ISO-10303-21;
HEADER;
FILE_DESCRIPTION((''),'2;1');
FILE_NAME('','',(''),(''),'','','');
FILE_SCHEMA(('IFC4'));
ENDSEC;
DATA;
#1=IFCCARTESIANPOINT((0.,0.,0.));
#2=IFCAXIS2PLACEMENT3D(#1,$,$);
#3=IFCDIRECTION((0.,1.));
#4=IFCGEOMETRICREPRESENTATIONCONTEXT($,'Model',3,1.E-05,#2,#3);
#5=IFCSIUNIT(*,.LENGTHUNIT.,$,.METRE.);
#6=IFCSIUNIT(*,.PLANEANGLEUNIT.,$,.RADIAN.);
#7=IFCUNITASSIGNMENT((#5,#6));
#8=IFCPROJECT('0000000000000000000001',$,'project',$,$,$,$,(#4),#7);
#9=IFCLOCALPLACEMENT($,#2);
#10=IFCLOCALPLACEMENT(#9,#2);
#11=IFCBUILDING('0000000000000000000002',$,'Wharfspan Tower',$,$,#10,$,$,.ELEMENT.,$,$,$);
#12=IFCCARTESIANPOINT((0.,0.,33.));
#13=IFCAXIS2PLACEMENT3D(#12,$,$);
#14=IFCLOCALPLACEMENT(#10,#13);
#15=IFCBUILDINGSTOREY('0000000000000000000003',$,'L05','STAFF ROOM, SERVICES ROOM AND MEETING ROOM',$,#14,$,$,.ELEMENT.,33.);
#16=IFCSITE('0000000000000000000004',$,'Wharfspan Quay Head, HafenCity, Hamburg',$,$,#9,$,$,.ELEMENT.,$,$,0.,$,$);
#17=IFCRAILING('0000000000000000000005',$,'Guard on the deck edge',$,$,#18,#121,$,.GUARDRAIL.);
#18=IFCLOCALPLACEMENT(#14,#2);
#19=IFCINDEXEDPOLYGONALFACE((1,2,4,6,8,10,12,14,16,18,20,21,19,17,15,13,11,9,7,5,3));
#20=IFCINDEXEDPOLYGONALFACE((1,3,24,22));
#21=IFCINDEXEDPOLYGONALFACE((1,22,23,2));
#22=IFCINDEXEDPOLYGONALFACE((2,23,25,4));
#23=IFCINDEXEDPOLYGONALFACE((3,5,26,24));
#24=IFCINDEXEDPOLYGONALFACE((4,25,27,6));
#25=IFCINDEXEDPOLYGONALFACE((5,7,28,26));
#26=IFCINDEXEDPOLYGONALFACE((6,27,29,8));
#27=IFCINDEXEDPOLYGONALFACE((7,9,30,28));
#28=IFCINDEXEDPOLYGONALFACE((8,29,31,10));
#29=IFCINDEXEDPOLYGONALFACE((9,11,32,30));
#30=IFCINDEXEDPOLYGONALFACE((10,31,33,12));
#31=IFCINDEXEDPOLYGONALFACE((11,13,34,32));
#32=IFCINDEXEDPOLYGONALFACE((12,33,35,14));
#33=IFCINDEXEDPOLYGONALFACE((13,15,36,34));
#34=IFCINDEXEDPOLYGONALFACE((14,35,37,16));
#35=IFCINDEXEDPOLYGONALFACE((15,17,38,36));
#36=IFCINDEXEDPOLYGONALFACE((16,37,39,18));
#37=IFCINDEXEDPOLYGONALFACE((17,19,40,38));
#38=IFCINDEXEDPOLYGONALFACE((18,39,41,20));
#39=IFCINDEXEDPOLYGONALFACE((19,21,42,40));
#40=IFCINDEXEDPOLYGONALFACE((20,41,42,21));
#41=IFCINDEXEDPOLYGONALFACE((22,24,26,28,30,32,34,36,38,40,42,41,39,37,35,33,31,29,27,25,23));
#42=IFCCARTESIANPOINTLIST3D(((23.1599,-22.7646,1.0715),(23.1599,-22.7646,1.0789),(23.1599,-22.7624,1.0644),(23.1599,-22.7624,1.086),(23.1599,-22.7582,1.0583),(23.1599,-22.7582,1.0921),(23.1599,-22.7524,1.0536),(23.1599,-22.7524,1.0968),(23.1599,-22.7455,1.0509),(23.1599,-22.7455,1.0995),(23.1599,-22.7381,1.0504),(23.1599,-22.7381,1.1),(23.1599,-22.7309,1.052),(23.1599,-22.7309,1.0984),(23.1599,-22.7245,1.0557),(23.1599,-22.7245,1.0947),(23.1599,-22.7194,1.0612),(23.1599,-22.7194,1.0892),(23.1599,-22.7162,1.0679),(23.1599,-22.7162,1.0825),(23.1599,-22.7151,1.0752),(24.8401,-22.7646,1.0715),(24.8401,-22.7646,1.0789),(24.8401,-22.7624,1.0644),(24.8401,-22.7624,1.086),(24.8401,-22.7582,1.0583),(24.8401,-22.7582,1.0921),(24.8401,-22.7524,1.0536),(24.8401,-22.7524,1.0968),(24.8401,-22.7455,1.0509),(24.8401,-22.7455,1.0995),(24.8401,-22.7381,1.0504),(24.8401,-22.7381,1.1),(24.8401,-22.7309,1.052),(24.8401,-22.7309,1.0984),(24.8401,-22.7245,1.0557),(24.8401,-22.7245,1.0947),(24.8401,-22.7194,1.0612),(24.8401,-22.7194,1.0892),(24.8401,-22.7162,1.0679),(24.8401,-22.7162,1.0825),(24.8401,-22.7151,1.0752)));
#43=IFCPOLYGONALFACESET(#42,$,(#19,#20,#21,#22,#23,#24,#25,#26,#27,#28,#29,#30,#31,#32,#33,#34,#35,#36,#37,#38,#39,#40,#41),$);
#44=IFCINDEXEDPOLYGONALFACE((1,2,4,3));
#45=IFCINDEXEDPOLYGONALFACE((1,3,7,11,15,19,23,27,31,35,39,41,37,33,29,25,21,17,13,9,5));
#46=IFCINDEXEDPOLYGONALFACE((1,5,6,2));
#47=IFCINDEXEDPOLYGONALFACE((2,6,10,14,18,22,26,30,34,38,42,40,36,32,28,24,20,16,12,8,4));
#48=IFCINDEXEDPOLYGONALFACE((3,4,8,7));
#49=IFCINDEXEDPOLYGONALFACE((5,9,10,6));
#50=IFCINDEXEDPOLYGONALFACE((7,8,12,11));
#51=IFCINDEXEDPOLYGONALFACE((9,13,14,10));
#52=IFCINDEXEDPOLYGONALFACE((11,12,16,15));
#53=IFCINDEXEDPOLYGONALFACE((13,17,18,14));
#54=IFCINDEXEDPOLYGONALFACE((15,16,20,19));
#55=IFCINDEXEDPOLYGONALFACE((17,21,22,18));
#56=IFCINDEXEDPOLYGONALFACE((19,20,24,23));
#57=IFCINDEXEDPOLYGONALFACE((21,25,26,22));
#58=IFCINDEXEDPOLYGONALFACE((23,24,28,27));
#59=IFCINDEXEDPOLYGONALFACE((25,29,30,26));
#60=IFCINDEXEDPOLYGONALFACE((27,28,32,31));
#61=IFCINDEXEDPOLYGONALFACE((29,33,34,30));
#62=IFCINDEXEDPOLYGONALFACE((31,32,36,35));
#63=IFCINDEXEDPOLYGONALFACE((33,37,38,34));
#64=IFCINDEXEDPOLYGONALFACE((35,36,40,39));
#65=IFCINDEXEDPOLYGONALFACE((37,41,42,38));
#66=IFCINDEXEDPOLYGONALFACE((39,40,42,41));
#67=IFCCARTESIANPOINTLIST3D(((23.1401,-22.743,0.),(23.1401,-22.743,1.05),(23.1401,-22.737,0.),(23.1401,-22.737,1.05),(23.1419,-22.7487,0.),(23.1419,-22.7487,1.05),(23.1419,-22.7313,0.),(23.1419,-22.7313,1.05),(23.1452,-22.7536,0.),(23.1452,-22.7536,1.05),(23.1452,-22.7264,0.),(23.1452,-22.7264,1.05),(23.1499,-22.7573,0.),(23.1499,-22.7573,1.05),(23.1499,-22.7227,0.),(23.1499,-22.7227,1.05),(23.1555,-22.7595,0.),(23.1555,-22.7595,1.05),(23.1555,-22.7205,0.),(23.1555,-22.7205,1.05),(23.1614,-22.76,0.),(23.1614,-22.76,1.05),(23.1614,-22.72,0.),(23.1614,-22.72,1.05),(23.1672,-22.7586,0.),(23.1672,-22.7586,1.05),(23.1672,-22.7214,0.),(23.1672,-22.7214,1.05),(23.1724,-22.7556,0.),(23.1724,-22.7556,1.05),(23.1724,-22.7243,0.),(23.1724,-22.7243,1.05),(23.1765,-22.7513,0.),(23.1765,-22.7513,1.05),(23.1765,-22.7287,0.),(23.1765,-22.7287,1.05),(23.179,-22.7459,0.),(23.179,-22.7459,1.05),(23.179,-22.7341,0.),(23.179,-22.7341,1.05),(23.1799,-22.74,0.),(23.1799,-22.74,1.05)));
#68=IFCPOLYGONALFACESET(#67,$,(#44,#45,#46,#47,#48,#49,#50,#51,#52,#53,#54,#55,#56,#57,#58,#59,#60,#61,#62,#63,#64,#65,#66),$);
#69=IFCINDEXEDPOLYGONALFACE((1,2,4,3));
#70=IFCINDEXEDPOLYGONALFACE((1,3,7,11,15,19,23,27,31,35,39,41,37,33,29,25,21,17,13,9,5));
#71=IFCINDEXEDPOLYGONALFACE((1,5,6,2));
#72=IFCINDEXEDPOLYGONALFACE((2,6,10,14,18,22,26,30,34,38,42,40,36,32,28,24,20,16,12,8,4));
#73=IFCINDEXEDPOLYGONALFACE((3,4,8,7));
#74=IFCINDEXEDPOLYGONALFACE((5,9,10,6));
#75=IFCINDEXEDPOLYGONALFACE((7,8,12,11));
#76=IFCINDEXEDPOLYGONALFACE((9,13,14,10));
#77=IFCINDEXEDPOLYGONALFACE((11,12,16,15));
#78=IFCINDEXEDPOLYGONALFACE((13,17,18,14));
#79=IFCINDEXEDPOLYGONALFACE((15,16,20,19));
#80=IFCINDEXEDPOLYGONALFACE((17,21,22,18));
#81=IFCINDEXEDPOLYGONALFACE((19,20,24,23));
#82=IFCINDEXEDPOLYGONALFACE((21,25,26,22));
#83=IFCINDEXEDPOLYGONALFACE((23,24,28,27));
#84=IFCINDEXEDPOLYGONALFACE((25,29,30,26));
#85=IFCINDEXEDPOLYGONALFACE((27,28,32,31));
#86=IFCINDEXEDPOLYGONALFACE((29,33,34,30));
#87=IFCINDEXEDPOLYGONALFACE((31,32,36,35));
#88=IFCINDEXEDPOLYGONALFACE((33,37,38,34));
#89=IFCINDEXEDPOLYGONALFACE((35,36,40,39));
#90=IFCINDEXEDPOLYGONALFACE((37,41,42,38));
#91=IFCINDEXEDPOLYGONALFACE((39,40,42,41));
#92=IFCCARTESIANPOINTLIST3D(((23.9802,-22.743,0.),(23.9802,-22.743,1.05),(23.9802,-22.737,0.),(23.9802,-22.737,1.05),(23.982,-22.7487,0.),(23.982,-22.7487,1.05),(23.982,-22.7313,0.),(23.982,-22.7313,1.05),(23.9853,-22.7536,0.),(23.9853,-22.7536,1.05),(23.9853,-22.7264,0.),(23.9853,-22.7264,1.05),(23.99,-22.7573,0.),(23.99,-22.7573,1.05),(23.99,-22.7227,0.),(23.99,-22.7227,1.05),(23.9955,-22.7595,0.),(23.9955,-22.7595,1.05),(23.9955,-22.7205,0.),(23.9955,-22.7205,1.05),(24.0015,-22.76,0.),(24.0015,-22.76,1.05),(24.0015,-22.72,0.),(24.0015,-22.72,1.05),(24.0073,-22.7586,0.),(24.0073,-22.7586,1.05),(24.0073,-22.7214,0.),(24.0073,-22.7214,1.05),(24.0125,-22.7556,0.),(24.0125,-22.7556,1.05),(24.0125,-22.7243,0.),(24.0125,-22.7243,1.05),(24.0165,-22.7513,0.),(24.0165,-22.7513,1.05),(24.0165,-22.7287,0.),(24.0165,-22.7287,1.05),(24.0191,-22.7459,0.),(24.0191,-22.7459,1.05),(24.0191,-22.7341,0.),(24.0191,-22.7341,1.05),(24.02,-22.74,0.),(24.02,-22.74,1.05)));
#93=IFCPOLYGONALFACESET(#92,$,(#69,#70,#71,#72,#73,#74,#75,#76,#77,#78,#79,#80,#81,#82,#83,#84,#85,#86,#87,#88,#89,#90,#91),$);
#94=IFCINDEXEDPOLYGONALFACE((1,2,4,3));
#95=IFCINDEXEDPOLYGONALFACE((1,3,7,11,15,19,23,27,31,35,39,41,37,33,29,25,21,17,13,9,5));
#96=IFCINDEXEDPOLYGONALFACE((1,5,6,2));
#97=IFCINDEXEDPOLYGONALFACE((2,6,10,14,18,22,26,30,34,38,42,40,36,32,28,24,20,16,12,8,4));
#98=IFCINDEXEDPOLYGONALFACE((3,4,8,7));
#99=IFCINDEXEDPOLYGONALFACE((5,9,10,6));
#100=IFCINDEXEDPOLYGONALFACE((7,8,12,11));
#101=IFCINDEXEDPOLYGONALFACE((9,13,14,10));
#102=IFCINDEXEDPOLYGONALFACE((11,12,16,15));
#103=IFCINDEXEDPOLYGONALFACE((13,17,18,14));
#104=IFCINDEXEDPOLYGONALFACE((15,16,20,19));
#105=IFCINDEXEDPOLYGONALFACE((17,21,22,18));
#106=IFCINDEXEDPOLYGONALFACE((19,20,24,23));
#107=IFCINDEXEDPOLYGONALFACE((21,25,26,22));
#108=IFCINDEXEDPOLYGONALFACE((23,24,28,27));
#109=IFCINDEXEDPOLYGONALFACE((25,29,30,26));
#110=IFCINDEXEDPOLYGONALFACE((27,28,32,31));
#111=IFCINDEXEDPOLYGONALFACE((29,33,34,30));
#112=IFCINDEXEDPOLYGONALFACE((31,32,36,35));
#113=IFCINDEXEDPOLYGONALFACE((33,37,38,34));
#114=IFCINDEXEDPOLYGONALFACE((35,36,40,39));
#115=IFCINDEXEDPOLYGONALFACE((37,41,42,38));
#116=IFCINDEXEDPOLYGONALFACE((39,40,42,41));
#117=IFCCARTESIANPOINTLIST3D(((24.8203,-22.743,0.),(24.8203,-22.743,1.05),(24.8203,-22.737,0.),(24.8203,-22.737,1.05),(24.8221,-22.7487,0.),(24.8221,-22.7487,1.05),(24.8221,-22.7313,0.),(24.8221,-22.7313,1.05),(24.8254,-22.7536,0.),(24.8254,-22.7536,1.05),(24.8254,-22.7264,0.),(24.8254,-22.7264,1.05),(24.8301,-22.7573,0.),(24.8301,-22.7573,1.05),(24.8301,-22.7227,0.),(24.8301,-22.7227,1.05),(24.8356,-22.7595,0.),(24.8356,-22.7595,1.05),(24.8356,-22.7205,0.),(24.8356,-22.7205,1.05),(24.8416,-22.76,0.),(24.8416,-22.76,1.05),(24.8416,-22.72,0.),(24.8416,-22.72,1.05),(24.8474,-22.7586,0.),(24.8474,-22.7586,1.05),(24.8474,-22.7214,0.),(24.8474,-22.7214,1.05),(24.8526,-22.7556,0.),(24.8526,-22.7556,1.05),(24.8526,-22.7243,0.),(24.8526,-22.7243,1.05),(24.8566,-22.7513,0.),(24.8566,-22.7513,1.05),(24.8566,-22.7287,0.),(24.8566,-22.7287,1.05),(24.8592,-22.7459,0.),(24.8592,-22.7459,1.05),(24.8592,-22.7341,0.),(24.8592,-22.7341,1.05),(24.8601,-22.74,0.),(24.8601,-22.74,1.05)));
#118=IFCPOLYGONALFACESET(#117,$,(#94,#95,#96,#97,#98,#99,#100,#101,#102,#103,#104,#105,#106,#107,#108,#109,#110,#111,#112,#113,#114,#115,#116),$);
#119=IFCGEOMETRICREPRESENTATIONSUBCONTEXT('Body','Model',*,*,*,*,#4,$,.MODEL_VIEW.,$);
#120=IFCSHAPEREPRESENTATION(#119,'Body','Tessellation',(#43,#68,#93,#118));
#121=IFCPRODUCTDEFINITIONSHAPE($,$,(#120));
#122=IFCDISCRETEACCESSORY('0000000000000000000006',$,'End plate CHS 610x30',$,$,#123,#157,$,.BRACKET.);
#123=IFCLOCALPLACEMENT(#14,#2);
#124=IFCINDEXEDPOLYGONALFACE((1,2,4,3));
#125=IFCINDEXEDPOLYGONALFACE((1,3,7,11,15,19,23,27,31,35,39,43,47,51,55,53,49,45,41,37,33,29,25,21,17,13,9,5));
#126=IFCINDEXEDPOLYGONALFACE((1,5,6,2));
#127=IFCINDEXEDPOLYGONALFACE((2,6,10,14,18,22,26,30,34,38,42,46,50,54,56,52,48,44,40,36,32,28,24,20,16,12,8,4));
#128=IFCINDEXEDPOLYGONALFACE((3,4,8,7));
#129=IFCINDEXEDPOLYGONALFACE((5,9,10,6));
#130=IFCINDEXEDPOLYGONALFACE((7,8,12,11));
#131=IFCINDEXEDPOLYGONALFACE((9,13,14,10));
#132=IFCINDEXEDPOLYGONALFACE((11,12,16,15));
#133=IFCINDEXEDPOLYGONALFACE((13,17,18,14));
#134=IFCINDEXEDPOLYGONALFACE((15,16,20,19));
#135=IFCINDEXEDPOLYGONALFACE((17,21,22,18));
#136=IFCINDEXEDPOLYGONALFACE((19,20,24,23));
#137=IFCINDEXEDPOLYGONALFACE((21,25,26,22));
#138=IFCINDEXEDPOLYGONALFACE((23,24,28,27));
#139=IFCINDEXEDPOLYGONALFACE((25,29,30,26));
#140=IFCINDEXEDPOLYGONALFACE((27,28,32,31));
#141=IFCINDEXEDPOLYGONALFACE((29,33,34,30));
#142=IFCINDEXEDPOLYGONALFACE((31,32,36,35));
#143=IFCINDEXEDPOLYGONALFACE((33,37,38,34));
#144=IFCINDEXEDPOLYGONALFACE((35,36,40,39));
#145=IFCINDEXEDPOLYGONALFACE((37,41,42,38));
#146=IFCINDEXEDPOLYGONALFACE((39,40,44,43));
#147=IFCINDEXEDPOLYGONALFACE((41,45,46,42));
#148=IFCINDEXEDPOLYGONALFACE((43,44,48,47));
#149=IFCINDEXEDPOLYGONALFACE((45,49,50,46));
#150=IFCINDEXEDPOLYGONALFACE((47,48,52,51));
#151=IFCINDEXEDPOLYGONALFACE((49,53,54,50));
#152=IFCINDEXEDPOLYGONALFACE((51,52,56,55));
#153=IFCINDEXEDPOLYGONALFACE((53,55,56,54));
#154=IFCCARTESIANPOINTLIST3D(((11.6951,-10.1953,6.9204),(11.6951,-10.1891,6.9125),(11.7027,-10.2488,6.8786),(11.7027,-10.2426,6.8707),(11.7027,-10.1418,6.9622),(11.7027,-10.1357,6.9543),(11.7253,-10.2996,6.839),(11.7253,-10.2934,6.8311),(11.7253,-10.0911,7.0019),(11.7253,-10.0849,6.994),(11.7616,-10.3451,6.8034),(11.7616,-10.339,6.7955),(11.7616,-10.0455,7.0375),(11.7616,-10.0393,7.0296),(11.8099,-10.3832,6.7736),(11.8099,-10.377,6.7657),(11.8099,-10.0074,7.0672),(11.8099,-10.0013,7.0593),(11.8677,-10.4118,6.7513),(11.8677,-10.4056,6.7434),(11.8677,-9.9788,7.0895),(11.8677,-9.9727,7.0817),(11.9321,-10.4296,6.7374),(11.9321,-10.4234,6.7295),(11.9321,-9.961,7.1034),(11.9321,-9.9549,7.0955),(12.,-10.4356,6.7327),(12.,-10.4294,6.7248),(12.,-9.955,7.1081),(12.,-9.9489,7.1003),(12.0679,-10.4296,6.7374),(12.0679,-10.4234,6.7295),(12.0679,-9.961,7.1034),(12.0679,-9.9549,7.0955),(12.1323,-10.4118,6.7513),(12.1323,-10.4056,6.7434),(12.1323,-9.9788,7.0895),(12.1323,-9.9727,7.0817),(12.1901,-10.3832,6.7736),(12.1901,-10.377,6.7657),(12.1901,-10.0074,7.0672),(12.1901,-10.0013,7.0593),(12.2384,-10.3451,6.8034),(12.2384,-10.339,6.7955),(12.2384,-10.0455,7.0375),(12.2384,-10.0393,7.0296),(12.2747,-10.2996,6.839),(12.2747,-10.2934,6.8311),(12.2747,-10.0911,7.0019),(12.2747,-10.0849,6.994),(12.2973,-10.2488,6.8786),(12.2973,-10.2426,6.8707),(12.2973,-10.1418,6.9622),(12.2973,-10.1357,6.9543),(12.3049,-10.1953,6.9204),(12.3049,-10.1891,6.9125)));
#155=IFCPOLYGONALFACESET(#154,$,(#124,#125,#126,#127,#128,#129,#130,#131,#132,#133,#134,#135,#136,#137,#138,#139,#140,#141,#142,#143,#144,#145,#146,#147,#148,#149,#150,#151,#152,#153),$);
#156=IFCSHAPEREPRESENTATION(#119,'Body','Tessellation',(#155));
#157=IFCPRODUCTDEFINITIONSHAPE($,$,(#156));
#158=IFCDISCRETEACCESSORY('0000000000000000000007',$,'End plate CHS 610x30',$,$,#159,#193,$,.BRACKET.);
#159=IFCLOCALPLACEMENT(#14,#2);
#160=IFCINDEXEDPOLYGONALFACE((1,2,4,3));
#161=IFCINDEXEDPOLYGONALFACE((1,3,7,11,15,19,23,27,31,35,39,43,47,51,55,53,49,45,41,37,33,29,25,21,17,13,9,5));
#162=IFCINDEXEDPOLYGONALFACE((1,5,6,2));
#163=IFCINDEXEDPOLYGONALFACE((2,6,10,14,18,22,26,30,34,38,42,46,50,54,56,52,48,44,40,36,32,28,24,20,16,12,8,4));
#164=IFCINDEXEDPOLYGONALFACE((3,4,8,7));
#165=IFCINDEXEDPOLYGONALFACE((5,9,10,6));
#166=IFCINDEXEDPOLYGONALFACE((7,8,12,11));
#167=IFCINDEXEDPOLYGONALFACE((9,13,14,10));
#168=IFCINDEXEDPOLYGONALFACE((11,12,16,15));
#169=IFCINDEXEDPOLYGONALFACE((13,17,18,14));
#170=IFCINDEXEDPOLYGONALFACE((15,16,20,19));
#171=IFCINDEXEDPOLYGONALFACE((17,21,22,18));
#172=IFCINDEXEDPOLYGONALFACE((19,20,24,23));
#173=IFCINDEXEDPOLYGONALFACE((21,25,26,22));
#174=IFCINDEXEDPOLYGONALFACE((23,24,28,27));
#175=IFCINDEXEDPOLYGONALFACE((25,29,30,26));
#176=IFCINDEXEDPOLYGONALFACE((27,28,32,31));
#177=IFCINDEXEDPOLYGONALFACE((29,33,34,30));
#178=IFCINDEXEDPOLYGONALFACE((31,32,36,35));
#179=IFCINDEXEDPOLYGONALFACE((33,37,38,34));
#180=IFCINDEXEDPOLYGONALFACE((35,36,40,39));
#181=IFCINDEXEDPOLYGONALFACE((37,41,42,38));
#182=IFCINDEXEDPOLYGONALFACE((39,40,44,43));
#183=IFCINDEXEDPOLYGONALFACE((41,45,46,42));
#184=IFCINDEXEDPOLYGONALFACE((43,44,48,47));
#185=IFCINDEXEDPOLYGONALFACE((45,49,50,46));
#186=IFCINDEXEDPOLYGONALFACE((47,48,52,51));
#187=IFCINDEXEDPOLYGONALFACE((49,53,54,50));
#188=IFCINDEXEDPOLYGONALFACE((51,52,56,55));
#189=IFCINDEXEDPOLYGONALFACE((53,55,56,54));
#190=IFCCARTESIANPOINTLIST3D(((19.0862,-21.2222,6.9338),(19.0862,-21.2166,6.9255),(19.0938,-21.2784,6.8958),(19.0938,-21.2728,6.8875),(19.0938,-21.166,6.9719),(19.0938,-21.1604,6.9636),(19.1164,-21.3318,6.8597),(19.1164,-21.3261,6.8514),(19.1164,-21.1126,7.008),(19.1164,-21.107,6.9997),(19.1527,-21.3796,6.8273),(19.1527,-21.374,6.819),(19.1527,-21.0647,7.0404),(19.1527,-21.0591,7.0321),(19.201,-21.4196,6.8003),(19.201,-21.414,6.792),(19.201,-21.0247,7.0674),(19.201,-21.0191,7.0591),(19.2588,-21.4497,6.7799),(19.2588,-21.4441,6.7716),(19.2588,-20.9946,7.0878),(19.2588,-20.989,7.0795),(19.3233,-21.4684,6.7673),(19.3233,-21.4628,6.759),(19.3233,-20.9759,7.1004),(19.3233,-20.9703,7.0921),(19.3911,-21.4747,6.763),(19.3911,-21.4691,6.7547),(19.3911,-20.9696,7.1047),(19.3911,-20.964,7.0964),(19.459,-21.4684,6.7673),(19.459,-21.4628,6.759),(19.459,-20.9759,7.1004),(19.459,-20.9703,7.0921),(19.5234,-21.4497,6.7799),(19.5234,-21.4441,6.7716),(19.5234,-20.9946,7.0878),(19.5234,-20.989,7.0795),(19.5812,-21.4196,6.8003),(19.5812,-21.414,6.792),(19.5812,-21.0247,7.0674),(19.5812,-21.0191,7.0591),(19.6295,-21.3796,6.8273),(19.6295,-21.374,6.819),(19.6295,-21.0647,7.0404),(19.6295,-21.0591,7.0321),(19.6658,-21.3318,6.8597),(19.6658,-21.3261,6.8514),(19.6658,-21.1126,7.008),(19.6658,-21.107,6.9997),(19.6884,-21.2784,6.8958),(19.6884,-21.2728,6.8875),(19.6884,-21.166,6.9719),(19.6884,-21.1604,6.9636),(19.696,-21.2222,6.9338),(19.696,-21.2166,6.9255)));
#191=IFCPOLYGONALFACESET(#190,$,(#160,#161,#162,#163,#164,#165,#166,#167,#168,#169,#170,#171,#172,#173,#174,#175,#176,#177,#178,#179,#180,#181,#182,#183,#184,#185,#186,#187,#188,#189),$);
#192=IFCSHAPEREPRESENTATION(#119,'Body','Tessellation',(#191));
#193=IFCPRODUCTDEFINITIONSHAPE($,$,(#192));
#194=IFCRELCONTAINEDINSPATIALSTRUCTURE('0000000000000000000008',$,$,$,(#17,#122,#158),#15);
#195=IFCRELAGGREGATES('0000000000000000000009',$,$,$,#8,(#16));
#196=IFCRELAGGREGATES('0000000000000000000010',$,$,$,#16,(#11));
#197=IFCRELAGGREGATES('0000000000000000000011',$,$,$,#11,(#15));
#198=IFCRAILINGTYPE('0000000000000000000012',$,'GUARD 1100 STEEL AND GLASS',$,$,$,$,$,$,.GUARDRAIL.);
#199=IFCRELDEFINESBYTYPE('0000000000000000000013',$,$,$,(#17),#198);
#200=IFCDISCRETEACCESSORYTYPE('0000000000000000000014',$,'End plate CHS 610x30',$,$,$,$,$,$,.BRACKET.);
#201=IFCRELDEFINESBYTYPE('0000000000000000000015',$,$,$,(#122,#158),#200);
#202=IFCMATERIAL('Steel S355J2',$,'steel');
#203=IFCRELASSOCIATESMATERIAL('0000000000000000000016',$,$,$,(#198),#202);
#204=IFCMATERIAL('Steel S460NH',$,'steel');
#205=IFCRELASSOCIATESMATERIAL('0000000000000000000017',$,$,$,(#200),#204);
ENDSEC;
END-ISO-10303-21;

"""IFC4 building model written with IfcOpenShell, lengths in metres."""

from ifc_helpers import new_model, si_unit, direction, frame, origin, origin_2d, place, context, subcontext, project, spatial, circle, extrude, material, material_profile, profile_set, type_object, element, save


model = new_model("IFC4")

# Units and contexts
model_context = context("Model", 3, precision=1e-05, world=origin(), true_north=direction((0.0, 1.0)))
body_context = subcontext(model_context, "Body", "Model", "MODEL_VIEW")
ifc_project = project(units=[si_unit("LENGTHUNIT", "METRE"), si_unit("PLANEANGLEUNIT", "RADIAN")], contexts=[model_context])

# Site, building, storey
site_placement = place(None, origin())
site = spatial("IfcSite", under=ifc_project, at=site_placement, Name="Wharfspan Quay Head, HafenCity, Hamburg", CompositionType="ELEMENT", RefElevation=0.0)
building_placement = place(site_placement, origin())
building = spatial("IfcBuilding", under=site, at=building_placement, Name="Wharfspan Tower", CompositionType="ELEMENT")
storey_placement = place(building_placement, frame((0.0, 0.0, 33.0)))
storey = spatial("IfcBuildingStorey", under=building, at=storey_placement, Name="L05", Description="STAFF ROOM, SERVICES ROOM AND MEETING ROOM", CompositionType="ELEMENT", Elevation=33.0)

# Shared definitions
ifc_material_1 = material(Name="Steel S460NH", Category="steel")

# Railing
ifc_material_2 = material(Name="Steel S355J2", Category="steel")
railing_type = type_object("IfcRailingType", Name="GUARD 1100 STEEL AND GLASS", PredefinedType="GUARDRAIL", material=ifc_material_2)
railing_1_placement = place(storey_placement, frame((23.1599, -22.74, 0.0)))
element("IfcRailing", 1, at=railing_1_placement, inside=storey, type_object=railing_type, Name="Guard on the deck edge", PredefinedType="GUARDRAIL", context=body_context, shape_type="SweptSolid", body=[
    extrude(circle(Radius=0.0249, at=origin_2d()), frame((0.0, 0.0, 1.0752), z_axis=(1.0, 0.0, 0.0), x_axis=(0.0, 1.0, 0.0)), (0.0, 0.0, 1.0), 1.6802),
    extrude(circle(Radius=0.02, at=origin_2d()), origin(), (0.0, 0.0, 1.0), 1.05),
    extrude(circle(Radius=0.02, at=origin_2d()), frame((0.8401, 0.0, 0.0)), (0.0, 0.0, 1.0), 1.05),
    extrude(circle(Radius=0.02, at=origin_2d()), frame((1.6802, 0.0, 0.0)), (0.0, 0.0, 1.0), 1.05),
])

# Discrete accessories
ifc_material_profile_1 = material_profile(ifc_material_1, circle(Radius=0.3049, at=origin_2d()))
ifc_profile_set_1 = profile_set([ifc_material_profile_1], Name="Steel S460NH")
discrete_accessory_type = type_object("IfcDiscreteAccessoryType", Name="End plate CHS 610x30", PredefinedType="BRACKET", material=ifc_profile_set_1)
for number, where, z_axis, x_axis, name in (
    (2, (12.0, -10.1953, 6.9204), (0.0, 0.615644, -0.788024), (-1.0, 0.0, 0.0), "End plate CHS 610x30"),
    (3, (19.3911, -21.2222, 6.9338), (0.0, 0.560309, -0.828283), (-1.0, 0.0, 0.0), "End plate CHS 610x30"),
):
    element("IfcDiscreteAccessory", number, at=place(storey_placement, frame(where, z_axis=z_axis, x_axis=x_axis)), inside=storey, type_object=discrete_accessory_type, Name=name, PredefinedType="BRACKET", context=body_context, shape_type="SweptSolid", body=[
        extrude(circle(Radius=0.3049, at=origin_2d()), origin(), (0.0, 0.0, 1.0), 0.01),
    ])

save(model, "model.ifc")
